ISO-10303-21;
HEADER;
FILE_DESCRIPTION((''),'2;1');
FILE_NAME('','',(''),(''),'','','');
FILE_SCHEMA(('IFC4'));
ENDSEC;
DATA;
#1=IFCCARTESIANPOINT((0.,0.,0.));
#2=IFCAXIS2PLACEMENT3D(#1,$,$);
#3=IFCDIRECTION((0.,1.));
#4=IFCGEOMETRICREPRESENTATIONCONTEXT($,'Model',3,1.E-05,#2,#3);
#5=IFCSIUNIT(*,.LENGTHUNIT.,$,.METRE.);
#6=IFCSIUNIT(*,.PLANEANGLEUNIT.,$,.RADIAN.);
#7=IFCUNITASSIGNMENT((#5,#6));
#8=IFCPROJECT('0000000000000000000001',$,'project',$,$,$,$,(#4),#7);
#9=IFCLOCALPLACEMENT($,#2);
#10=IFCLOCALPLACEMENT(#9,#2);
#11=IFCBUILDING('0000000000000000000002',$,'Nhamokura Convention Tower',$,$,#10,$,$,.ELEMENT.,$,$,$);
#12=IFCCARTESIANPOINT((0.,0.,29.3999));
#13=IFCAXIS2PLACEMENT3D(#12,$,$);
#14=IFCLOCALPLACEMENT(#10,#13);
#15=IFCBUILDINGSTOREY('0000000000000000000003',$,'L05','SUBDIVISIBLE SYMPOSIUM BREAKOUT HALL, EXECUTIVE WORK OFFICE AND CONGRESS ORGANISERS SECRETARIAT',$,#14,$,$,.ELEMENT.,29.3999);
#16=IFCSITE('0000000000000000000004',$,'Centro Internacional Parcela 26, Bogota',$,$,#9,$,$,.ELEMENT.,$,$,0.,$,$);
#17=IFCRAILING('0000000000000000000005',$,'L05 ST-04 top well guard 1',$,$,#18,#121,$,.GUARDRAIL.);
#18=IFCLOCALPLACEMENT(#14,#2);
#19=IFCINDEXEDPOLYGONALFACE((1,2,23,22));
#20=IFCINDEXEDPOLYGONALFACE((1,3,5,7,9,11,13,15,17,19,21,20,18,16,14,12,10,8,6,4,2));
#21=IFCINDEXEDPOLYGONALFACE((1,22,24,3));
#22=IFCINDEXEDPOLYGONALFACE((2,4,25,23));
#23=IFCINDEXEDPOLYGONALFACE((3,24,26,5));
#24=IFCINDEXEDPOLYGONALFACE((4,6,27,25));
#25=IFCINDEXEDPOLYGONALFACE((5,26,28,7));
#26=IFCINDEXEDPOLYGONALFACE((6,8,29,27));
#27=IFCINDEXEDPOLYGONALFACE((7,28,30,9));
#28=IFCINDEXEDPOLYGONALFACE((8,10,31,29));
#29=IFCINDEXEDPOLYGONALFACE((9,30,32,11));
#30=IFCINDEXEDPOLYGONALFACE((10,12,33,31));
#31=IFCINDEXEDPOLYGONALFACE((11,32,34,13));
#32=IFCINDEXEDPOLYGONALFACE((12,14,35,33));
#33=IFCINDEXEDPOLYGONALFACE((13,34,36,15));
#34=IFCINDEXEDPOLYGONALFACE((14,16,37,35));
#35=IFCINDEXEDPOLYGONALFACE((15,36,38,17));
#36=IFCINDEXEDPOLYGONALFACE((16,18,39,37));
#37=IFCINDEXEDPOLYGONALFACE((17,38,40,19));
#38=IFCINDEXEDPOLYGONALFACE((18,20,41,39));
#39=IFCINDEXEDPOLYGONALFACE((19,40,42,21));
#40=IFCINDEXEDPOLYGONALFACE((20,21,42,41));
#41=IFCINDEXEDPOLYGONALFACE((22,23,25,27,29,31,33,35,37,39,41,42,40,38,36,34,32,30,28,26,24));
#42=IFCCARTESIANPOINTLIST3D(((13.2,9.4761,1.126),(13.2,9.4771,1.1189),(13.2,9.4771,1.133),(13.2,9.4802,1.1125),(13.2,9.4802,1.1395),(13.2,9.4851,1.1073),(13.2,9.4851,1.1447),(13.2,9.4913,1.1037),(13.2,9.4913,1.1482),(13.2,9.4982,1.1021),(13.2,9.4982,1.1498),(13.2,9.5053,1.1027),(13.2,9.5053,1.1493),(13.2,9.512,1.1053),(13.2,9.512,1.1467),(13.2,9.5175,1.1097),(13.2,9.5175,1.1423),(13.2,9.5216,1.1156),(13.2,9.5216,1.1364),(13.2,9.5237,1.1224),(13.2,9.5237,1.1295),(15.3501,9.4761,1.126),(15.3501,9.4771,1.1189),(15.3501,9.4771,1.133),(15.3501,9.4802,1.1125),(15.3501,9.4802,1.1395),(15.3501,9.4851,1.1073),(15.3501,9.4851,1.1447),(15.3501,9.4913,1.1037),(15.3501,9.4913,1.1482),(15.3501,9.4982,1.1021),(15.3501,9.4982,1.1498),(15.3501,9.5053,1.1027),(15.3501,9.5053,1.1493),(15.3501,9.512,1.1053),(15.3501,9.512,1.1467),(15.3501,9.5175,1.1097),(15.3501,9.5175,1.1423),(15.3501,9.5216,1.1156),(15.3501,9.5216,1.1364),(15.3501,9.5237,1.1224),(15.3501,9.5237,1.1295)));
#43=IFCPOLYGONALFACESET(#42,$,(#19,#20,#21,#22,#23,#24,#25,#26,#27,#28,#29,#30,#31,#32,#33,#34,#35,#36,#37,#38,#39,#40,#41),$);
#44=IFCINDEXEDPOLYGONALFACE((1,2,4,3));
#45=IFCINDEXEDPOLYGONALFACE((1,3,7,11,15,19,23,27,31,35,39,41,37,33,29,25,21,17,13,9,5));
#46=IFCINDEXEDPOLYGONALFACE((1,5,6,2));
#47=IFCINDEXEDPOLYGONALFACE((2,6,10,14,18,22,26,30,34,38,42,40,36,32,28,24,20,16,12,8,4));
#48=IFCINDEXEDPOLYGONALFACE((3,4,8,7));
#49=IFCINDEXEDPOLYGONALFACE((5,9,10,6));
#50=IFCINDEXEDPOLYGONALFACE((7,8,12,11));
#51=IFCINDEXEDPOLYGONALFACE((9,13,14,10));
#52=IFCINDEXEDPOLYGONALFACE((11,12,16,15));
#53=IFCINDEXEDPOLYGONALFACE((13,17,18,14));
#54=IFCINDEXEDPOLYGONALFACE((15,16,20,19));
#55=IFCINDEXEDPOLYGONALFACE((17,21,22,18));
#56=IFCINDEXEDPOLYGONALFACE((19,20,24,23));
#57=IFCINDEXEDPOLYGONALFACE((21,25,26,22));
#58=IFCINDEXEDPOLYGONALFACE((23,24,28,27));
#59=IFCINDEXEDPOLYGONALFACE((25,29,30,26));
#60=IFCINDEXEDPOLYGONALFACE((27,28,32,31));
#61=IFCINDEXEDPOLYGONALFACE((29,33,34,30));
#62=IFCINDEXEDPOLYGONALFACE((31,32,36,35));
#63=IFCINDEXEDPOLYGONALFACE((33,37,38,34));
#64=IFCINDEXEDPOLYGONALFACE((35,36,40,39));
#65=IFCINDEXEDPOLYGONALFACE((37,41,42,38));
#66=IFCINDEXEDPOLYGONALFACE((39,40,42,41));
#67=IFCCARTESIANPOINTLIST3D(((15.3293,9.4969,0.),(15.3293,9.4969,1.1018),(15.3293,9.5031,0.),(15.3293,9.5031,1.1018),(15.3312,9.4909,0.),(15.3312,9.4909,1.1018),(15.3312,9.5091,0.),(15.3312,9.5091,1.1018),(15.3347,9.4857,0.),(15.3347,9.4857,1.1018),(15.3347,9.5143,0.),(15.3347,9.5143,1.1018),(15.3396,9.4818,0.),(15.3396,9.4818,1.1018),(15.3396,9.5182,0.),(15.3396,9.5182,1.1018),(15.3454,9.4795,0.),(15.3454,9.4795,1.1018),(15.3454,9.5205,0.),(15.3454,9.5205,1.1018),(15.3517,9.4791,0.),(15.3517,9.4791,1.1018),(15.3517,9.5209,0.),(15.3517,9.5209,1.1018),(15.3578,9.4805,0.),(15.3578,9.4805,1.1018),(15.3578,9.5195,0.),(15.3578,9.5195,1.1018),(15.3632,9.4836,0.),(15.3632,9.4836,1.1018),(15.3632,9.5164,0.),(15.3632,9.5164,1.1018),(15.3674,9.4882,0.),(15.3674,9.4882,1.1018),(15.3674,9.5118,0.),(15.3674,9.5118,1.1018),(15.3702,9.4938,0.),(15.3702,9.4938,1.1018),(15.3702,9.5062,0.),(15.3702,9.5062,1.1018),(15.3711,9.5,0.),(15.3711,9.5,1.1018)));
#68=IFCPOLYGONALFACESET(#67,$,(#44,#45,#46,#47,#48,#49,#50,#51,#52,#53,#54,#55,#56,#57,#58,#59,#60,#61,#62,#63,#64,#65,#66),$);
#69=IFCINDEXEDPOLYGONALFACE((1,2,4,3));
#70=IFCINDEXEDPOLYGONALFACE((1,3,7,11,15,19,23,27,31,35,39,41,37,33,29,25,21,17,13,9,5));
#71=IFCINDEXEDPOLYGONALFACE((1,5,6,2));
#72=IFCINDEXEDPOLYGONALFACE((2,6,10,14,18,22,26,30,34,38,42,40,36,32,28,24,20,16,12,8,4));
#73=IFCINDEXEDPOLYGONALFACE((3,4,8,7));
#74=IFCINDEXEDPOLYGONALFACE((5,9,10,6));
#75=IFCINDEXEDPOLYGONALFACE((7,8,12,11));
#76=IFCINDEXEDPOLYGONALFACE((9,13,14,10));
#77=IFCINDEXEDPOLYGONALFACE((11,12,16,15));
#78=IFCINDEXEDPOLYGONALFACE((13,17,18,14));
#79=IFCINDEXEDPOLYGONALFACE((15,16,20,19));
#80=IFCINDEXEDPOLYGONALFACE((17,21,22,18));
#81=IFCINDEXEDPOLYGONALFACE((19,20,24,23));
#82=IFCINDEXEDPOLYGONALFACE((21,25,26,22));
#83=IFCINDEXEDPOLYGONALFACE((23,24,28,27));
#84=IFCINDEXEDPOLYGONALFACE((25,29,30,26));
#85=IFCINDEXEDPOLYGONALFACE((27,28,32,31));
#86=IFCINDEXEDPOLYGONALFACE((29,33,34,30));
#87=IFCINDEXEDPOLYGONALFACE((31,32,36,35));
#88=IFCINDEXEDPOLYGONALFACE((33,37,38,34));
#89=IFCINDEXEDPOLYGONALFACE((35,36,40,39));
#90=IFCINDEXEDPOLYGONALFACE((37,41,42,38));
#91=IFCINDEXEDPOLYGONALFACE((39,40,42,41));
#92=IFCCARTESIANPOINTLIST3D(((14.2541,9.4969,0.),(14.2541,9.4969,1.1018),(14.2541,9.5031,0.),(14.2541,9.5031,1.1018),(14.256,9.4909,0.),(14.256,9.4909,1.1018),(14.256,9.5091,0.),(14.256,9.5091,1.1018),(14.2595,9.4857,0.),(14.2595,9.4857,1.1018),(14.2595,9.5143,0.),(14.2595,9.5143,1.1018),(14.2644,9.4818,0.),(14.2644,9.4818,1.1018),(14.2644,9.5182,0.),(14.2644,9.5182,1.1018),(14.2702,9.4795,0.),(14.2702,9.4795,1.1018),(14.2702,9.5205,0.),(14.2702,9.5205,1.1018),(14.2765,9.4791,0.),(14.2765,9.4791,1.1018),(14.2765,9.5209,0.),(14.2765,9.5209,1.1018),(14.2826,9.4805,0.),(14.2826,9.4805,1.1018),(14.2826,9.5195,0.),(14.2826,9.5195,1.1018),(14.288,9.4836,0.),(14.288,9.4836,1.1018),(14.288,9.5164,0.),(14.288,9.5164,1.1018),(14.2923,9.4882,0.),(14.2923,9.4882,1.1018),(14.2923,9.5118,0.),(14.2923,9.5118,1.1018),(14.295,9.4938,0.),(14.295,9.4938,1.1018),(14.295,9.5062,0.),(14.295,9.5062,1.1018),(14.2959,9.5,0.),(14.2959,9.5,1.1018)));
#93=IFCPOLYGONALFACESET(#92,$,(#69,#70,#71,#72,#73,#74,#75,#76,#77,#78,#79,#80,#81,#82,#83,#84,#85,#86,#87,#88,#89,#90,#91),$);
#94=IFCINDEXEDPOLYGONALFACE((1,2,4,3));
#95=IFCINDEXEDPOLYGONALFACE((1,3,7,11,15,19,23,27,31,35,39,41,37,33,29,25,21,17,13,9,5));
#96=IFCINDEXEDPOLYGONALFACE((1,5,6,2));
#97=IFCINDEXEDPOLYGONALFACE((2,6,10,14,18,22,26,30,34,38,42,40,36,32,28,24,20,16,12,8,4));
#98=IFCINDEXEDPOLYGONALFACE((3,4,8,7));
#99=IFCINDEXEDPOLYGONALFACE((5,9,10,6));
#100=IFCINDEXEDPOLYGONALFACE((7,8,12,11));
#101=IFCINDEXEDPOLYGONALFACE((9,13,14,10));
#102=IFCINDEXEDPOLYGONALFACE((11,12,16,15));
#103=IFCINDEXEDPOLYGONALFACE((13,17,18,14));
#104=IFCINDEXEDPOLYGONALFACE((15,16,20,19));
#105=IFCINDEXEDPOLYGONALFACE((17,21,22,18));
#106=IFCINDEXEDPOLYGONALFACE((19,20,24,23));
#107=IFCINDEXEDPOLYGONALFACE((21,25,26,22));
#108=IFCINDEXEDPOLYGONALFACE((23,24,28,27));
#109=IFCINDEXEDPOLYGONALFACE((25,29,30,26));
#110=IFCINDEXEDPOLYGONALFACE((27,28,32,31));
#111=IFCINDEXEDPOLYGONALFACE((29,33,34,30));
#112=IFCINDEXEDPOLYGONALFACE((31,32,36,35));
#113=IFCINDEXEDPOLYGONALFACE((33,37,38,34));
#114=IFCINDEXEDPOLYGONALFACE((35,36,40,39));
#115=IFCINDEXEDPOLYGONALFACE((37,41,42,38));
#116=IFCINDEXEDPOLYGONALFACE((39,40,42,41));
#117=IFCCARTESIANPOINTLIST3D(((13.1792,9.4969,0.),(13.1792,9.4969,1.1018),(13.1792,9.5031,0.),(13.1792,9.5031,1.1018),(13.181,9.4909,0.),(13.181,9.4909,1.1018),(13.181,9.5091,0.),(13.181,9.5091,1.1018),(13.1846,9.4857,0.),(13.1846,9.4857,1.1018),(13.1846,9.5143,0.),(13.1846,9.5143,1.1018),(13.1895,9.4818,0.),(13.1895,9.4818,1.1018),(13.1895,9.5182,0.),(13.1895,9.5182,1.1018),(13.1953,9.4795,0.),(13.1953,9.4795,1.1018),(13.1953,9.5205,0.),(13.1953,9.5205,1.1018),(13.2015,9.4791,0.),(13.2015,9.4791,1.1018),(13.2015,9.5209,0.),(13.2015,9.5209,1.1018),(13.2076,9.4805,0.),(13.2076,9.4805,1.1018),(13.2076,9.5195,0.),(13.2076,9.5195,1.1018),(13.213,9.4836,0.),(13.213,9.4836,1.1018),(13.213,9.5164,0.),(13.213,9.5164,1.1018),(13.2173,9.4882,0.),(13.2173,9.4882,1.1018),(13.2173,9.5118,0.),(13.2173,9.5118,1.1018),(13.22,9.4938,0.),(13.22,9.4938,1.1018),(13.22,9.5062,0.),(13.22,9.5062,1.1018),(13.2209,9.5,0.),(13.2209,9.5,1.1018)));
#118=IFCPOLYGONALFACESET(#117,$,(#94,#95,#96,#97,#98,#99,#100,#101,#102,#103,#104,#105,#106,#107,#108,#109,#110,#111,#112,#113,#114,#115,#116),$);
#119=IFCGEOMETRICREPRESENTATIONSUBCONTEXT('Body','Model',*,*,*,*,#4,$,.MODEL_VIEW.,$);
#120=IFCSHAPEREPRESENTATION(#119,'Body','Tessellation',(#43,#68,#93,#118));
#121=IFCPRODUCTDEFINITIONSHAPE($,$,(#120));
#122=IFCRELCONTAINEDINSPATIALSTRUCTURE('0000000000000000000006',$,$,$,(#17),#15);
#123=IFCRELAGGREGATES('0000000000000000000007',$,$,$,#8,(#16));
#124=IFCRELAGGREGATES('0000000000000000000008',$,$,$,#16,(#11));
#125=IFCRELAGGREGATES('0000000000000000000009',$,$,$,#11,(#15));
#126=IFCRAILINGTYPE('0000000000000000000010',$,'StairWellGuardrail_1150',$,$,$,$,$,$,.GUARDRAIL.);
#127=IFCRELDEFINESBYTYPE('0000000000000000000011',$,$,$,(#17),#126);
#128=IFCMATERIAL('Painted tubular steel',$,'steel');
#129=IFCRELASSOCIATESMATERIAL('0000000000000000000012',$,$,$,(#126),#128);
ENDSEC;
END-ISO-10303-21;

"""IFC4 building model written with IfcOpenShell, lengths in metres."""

from ifc_helpers import new_model, si_unit, direction, frame, origin, origin_2d, place, context, subcontext, project, spatial, circle, extrude, material, type_object, element, save


model = new_model("IFC4")

# Units and contexts
model_context = context("Model", 3, precision=1e-05, world=origin(), true_north=direction((0.0, 1.0)))
body_context = subcontext(model_context, "Body", "Model", "MODEL_VIEW")
ifc_project = project(units=[si_unit("LENGTHUNIT", "METRE"), si_unit("PLANEANGLEUNIT", "RADIAN")], contexts=[model_context])

# Site, building, storey
site_placement = place(None, origin())
site = spatial("IfcSite", under=ifc_project, at=site_placement, Name="Centro Internacional Parcela 26, Bogota", CompositionType="ELEMENT", RefElevation=0.0)
building_placement = place(site_placement, origin())
building = spatial("IfcBuilding", under=site, at=building_placement, Name="Nhamokura Convention Tower", CompositionType="ELEMENT")
storey_placement = place(building_placement, frame((0.0, 0.0, 29.3999)))
storey = spatial("IfcBuildingStorey", under=building, at=storey_placement, Name="L05", Description="SUBDIVISIBLE SYMPOSIUM BREAKOUT HALL, EXECUTIVE WORK OFFICE AND CONGRESS ORGANISERS SECRETARIAT", CompositionType="ELEMENT", Elevation=29.3999)

# Railing
ifc_material_1 = material(Name="Painted tubular steel", Category="steel")
railing_type = type_object("IfcRailingType", Name="StairWellGuardrail_1150", PredefinedType="GUARDRAIL", material=ifc_material_1)
railing_placement = place(storey_placement, frame((15.3501, 9.5, 0.0)))
element("IfcRailing", 1, at=railing_placement, inside=storey, type_object=railing_type, Name="L05 ST-04 top well guard 1", PredefinedType="GUARDRAIL", context=body_context, shape_type="SweptSolid", body=[
    extrude(circle(Radius=0.0239, at=origin_2d()), frame((0.0, 0.0, 1.126), z_axis=(-1.0, 0.0, 0.0), x_axis=(0.0, -1.0, 0.0)), (0.0, 0.0, 1.0), 2.1501),
    extrude(circle(Radius=0.021, at=origin_2d()), origin(), (0.0, 0.0, 1.0), 1.1018),
    extrude(circle(Radius=0.021, at=origin_2d()), frame((-1.0752, 0.0, 0.0)), (0.0, 0.0, 1.0), 1.1018),
    extrude(circle(Radius=0.021, at=origin_2d()), frame((-2.1501, 0.0, 0.0)), (0.0, 0.0, 1.0), 1.1018),
])

save(model, "model.ifc")
